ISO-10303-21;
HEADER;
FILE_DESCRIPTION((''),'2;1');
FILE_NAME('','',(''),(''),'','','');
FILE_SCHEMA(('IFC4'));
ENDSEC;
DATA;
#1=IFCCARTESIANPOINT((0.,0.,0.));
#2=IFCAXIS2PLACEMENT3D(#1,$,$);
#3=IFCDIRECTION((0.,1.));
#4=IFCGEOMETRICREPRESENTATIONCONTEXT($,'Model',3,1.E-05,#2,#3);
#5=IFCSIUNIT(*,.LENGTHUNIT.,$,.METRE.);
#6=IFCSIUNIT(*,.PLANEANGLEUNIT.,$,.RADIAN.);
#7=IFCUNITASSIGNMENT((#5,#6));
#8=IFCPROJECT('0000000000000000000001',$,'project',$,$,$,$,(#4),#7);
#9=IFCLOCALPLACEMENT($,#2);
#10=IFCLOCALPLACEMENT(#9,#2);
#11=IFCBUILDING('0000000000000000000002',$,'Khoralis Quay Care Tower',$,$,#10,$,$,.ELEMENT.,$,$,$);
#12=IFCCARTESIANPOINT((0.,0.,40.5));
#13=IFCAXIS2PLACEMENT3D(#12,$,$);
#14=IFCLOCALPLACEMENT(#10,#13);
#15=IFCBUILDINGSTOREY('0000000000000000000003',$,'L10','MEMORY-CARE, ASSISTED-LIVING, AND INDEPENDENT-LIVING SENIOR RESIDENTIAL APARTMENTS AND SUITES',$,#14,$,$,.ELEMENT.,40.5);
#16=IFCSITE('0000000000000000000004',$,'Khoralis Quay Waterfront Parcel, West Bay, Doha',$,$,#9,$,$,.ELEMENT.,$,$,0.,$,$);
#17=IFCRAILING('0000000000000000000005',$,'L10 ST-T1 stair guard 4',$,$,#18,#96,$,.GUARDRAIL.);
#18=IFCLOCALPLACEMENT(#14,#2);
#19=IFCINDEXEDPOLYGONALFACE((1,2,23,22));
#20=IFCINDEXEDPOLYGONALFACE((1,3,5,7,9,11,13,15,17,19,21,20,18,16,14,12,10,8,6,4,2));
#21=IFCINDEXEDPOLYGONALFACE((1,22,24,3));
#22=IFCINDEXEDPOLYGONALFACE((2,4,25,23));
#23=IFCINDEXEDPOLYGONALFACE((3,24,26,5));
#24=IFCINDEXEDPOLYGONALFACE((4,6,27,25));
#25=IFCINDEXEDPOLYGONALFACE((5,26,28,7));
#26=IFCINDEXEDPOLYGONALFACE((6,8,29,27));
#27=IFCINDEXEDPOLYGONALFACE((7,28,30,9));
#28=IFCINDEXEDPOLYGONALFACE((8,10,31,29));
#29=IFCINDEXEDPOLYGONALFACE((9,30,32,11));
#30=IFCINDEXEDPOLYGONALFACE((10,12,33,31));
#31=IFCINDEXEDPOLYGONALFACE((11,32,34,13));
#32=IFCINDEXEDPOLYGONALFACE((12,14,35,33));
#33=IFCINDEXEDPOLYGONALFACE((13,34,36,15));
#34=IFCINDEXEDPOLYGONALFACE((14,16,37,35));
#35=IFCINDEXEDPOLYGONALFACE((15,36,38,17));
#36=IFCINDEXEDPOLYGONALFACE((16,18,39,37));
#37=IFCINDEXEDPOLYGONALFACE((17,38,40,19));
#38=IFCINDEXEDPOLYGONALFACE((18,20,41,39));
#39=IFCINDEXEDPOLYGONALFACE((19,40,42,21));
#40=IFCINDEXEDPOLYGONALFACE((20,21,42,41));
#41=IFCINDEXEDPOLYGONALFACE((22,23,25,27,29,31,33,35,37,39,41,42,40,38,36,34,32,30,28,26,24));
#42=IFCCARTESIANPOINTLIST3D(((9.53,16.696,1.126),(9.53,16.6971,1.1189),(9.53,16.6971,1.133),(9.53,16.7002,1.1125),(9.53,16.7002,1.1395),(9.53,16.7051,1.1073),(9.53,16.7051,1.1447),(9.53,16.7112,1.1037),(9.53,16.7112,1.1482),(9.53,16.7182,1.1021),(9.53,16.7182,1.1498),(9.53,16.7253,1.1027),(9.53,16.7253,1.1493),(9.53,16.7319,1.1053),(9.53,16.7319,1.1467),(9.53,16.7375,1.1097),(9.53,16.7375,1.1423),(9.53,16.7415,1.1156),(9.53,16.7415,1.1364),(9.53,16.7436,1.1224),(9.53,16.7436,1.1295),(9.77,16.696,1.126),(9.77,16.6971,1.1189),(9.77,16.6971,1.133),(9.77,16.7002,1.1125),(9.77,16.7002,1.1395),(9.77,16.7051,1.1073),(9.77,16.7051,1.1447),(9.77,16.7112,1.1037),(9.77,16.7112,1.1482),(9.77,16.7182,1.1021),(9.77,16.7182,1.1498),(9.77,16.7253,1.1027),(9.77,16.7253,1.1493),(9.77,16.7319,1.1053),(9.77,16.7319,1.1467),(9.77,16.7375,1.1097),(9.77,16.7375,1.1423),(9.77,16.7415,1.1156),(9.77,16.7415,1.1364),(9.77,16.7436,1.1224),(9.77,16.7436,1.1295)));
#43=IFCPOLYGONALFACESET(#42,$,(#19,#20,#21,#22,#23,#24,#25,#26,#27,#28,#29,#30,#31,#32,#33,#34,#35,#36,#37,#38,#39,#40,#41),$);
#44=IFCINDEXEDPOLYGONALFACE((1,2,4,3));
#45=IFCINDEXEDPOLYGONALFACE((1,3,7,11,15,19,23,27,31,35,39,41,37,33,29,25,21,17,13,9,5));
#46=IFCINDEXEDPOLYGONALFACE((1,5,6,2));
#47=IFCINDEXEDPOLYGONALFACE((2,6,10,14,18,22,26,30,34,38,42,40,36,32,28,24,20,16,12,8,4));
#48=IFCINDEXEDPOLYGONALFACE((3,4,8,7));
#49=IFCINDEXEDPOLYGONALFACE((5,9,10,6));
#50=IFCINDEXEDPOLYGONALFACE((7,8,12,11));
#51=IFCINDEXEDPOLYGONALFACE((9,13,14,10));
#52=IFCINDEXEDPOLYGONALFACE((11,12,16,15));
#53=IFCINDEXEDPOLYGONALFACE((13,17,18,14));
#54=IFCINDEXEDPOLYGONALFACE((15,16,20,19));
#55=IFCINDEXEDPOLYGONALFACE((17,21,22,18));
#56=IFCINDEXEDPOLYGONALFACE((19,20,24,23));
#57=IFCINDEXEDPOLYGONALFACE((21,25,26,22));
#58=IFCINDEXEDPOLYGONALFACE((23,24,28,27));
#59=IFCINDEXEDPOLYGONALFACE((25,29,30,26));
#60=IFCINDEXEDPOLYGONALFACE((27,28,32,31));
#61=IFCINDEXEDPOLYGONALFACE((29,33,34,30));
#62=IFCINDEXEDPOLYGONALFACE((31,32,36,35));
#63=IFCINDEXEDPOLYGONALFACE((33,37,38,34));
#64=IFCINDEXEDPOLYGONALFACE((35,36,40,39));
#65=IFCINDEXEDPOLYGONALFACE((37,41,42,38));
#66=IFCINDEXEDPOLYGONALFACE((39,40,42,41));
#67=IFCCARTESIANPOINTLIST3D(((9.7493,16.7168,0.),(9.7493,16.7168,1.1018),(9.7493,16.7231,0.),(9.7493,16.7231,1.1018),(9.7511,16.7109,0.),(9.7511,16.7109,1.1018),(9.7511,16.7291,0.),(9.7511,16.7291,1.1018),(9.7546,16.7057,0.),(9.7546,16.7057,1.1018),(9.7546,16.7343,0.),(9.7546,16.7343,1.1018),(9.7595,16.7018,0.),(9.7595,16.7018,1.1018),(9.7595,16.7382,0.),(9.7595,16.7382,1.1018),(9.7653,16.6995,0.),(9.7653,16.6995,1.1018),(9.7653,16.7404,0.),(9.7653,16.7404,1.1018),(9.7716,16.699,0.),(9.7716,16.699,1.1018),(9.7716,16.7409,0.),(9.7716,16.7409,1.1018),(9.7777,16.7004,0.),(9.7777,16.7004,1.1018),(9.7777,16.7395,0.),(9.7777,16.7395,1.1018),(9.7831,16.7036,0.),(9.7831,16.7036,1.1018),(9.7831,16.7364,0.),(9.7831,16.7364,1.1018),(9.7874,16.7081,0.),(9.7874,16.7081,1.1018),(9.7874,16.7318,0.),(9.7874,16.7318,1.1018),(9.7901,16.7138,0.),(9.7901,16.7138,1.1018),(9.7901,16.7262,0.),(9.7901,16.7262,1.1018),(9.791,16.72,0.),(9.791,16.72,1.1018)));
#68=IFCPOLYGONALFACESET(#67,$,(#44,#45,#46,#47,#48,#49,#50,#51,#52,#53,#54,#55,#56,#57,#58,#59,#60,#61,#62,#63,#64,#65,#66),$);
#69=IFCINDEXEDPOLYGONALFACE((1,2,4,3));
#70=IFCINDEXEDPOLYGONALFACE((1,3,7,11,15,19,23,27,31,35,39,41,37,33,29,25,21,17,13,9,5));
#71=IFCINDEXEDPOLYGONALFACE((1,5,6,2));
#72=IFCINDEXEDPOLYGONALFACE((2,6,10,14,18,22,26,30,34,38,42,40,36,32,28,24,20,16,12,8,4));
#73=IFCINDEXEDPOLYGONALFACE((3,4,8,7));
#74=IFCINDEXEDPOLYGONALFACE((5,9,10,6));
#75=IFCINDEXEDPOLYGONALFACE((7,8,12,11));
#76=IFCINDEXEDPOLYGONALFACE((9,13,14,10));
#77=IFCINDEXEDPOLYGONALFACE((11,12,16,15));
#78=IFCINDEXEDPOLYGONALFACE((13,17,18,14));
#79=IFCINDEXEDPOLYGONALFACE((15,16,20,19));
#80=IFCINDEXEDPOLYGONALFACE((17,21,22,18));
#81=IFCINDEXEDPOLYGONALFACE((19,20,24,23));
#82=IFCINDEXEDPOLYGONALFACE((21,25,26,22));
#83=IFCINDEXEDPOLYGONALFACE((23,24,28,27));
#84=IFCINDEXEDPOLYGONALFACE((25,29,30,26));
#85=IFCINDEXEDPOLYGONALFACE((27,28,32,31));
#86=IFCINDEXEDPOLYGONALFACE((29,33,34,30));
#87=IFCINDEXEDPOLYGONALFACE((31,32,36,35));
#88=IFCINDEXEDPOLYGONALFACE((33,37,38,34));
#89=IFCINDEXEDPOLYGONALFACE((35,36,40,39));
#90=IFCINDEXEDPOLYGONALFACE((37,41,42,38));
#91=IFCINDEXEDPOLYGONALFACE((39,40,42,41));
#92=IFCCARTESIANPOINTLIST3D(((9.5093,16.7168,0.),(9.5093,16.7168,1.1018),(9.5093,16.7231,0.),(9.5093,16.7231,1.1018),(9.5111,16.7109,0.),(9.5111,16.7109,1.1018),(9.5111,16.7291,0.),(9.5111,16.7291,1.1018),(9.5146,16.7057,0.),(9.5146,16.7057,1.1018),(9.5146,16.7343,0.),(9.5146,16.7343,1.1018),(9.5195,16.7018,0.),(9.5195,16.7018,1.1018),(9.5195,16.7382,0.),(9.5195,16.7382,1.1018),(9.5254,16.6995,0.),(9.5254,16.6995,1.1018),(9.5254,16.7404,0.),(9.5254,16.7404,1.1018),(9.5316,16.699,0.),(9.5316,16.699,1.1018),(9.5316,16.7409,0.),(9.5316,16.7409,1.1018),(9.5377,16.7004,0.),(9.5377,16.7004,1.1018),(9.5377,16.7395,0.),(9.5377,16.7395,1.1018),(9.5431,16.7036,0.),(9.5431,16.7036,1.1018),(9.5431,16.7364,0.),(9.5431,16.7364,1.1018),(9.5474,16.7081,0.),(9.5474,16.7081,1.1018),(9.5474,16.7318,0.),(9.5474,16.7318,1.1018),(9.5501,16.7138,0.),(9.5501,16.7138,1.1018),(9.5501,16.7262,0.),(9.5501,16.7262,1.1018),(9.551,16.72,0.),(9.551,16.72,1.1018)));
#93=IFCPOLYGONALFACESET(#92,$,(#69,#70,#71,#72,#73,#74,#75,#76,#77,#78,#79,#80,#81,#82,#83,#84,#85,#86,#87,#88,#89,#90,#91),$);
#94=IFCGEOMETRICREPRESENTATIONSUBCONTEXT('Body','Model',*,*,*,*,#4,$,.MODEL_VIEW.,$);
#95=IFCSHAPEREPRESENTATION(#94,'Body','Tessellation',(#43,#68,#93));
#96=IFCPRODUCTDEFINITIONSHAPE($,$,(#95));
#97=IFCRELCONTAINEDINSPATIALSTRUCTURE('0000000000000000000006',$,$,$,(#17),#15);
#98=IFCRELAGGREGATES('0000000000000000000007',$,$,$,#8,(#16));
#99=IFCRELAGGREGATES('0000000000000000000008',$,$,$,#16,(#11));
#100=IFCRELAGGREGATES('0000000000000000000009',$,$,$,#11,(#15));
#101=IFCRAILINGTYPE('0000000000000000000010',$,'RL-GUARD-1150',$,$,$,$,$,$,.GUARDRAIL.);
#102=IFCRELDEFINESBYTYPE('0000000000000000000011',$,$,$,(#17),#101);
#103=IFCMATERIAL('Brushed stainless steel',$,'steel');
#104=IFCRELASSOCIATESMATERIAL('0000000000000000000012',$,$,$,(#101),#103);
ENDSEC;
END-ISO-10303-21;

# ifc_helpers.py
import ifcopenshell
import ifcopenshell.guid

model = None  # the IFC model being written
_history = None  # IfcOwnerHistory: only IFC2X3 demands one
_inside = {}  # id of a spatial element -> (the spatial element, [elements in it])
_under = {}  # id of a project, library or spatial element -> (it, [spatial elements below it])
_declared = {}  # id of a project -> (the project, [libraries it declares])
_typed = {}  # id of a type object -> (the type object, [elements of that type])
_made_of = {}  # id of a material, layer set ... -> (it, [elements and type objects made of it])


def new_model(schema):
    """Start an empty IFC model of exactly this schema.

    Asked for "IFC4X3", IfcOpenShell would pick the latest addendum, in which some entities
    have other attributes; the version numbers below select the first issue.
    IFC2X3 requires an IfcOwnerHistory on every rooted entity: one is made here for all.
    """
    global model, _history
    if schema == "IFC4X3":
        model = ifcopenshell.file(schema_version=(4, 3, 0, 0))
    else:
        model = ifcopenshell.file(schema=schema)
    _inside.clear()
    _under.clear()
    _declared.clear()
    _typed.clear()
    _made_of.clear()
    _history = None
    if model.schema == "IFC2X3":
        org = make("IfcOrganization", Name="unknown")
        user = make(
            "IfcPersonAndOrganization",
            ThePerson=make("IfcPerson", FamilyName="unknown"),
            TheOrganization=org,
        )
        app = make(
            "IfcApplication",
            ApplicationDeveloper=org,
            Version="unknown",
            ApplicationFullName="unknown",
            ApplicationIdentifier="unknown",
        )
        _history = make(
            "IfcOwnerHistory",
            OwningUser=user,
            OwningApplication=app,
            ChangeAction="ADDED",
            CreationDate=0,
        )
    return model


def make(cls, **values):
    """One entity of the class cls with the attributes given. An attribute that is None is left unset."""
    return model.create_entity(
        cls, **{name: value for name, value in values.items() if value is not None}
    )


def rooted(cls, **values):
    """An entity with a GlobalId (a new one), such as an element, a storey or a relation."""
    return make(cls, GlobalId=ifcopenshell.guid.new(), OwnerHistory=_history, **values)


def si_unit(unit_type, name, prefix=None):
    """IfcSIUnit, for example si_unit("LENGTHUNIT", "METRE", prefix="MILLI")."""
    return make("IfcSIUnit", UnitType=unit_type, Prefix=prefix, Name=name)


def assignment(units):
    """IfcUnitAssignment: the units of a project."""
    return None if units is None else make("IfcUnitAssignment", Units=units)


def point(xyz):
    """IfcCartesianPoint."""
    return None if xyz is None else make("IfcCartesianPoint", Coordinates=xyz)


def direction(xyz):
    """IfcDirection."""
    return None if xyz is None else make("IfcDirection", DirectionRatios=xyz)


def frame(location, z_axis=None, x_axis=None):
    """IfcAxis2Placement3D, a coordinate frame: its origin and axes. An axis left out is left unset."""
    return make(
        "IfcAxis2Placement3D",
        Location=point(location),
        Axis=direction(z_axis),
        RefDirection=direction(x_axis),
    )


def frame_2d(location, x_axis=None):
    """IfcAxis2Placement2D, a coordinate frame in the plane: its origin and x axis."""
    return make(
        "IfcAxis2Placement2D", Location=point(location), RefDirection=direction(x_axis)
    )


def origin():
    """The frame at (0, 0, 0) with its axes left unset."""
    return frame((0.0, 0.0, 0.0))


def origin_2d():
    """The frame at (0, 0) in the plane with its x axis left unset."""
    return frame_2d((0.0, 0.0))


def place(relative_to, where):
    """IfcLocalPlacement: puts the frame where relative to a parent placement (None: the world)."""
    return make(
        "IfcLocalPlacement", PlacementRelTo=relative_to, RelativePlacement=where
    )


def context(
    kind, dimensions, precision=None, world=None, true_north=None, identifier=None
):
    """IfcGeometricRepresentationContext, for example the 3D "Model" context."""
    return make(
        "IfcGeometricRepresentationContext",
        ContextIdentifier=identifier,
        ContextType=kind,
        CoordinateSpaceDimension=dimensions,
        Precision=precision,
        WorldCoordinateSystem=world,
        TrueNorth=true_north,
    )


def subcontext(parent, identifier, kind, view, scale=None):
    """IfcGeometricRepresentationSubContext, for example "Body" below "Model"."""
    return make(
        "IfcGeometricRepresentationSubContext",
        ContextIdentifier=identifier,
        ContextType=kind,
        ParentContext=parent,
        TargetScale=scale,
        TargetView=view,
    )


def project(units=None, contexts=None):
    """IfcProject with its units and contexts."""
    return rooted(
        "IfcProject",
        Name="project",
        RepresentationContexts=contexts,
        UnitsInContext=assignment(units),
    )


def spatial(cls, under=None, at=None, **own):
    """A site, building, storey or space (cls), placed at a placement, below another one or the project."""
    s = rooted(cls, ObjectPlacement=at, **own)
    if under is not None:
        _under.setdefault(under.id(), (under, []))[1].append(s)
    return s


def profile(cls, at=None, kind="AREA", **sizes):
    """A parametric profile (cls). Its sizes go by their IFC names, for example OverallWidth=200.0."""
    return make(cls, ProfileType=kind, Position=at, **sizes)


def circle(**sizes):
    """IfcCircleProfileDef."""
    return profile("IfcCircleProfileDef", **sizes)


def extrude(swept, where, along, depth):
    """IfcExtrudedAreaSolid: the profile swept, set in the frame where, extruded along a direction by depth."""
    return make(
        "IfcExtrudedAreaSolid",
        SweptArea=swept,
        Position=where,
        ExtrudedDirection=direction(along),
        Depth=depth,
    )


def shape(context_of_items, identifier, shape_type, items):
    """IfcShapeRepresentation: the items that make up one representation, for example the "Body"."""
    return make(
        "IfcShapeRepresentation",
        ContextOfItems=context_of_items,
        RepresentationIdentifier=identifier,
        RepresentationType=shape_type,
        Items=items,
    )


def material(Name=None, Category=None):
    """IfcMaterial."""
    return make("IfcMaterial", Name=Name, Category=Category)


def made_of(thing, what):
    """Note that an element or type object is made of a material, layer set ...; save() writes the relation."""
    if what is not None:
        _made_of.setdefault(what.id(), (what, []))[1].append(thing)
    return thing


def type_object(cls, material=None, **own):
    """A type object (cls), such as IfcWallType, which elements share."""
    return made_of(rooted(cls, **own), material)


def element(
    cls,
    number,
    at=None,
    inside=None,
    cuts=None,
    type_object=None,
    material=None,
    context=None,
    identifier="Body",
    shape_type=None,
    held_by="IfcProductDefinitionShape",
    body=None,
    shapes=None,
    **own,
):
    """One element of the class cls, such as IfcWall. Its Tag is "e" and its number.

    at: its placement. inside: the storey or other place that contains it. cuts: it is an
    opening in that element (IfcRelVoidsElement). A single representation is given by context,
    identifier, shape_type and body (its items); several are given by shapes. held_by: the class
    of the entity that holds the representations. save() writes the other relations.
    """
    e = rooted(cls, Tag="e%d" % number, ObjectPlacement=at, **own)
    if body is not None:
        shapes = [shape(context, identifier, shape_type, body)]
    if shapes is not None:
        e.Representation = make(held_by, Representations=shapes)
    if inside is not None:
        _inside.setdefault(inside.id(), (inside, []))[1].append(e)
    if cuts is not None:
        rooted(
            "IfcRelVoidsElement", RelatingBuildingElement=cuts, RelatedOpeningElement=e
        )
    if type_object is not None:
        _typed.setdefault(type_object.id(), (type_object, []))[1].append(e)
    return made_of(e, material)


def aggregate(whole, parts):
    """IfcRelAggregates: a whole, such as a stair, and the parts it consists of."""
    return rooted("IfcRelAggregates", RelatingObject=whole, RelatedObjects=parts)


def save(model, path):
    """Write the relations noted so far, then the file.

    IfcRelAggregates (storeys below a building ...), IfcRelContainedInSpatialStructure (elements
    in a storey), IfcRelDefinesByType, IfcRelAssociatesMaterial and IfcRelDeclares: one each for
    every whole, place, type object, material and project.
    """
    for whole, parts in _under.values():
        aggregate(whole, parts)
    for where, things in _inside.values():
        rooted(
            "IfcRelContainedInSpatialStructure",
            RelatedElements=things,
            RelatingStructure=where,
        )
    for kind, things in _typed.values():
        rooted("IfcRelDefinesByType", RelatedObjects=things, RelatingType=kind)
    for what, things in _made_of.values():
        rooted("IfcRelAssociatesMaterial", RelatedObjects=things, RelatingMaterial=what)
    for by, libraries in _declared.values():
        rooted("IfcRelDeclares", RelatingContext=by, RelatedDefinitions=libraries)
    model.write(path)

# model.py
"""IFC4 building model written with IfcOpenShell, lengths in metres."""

from ifc_helpers import new_model, si_unit, direction, frame, origin, origin_2d, place, context, subcontext, project, spatial, circle, extrude, material, type_object, element, save


model = new_model("IFC4")

# Units and contexts
model_context = context("Model", 3, precision=1e-05, world=origin(), true_north=direction((0.0, 1.0)))
body_context = subcontext(model_context, "Body", "Model", "MODEL_VIEW")
ifc_project = project(units=[si_unit("LENGTHUNIT", "METRE"), si_unit("PLANEANGLEUNIT", "RADIAN")], contexts=[model_context])

# Site, building, storey
site_placement = place(None, origin())
site = spatial("IfcSite", under=ifc_project, at=site_placement, Name="Khoralis Quay Waterfront Parcel, West Bay, Doha", CompositionType="ELEMENT", RefElevation=0.0)
building_placement = place(site_placement, origin())
building = spatial("IfcBuilding", under=site, at=building_placement, Name="Khoralis Quay Care Tower", CompositionType="ELEMENT")
storey_placement = place(building_placement, frame((0.0, 0.0, 40.5)))
storey = spatial("IfcBuildingStorey", under=building, at=storey_placement, Name="L10", Description="MEMORY-CARE, ASSISTED-LIVING, AND INDEPENDENT-LIVING SENIOR RESIDENTIAL APARTMENTS AND SUITES", CompositionType="ELEMENT", Elevation=40.5)

# Shared definitions
ifc_material_1 = material(Name="Brushed stainless steel", Category="steel")

# Railing
railing_type_1 = type_object("IfcRailingType", Name="RL-GUARD-1150", PredefinedType="GUARDRAIL", material=ifc_material_1)
railing_1_placement = place(storey_placement, frame((9.77, 16.72, 0.0)))
element("IfcRailing", 1, at=railing_1_placement, inside=storey, type_object=railing_type_1, Name="L10 ST-T1 stair guard 4", PredefinedType="GUARDRAIL", context=body_context, shape_type="SweptSolid", body=[
    extrude(circle(Radius=0.0239, at=origin_2d()), frame((0.0, 0.0, 1.126), z_axis=(-1.0, 0.0, 0.0), x_axis=(0.0, -1.0, 0.0)), (0.0, 0.0, 1.0), 0.24),
    extrude(circle(Radius=0.021, at=origin_2d()), origin(), (0.0, 0.0, 1.0), 1.1018),
    extrude(circle(Radius=0.021, at=origin_2d()), frame((-0.24, 0.0, 0.0)), (0.0, 0.0, 1.0), 1.1018),
])

save(model, "model.ifc")
